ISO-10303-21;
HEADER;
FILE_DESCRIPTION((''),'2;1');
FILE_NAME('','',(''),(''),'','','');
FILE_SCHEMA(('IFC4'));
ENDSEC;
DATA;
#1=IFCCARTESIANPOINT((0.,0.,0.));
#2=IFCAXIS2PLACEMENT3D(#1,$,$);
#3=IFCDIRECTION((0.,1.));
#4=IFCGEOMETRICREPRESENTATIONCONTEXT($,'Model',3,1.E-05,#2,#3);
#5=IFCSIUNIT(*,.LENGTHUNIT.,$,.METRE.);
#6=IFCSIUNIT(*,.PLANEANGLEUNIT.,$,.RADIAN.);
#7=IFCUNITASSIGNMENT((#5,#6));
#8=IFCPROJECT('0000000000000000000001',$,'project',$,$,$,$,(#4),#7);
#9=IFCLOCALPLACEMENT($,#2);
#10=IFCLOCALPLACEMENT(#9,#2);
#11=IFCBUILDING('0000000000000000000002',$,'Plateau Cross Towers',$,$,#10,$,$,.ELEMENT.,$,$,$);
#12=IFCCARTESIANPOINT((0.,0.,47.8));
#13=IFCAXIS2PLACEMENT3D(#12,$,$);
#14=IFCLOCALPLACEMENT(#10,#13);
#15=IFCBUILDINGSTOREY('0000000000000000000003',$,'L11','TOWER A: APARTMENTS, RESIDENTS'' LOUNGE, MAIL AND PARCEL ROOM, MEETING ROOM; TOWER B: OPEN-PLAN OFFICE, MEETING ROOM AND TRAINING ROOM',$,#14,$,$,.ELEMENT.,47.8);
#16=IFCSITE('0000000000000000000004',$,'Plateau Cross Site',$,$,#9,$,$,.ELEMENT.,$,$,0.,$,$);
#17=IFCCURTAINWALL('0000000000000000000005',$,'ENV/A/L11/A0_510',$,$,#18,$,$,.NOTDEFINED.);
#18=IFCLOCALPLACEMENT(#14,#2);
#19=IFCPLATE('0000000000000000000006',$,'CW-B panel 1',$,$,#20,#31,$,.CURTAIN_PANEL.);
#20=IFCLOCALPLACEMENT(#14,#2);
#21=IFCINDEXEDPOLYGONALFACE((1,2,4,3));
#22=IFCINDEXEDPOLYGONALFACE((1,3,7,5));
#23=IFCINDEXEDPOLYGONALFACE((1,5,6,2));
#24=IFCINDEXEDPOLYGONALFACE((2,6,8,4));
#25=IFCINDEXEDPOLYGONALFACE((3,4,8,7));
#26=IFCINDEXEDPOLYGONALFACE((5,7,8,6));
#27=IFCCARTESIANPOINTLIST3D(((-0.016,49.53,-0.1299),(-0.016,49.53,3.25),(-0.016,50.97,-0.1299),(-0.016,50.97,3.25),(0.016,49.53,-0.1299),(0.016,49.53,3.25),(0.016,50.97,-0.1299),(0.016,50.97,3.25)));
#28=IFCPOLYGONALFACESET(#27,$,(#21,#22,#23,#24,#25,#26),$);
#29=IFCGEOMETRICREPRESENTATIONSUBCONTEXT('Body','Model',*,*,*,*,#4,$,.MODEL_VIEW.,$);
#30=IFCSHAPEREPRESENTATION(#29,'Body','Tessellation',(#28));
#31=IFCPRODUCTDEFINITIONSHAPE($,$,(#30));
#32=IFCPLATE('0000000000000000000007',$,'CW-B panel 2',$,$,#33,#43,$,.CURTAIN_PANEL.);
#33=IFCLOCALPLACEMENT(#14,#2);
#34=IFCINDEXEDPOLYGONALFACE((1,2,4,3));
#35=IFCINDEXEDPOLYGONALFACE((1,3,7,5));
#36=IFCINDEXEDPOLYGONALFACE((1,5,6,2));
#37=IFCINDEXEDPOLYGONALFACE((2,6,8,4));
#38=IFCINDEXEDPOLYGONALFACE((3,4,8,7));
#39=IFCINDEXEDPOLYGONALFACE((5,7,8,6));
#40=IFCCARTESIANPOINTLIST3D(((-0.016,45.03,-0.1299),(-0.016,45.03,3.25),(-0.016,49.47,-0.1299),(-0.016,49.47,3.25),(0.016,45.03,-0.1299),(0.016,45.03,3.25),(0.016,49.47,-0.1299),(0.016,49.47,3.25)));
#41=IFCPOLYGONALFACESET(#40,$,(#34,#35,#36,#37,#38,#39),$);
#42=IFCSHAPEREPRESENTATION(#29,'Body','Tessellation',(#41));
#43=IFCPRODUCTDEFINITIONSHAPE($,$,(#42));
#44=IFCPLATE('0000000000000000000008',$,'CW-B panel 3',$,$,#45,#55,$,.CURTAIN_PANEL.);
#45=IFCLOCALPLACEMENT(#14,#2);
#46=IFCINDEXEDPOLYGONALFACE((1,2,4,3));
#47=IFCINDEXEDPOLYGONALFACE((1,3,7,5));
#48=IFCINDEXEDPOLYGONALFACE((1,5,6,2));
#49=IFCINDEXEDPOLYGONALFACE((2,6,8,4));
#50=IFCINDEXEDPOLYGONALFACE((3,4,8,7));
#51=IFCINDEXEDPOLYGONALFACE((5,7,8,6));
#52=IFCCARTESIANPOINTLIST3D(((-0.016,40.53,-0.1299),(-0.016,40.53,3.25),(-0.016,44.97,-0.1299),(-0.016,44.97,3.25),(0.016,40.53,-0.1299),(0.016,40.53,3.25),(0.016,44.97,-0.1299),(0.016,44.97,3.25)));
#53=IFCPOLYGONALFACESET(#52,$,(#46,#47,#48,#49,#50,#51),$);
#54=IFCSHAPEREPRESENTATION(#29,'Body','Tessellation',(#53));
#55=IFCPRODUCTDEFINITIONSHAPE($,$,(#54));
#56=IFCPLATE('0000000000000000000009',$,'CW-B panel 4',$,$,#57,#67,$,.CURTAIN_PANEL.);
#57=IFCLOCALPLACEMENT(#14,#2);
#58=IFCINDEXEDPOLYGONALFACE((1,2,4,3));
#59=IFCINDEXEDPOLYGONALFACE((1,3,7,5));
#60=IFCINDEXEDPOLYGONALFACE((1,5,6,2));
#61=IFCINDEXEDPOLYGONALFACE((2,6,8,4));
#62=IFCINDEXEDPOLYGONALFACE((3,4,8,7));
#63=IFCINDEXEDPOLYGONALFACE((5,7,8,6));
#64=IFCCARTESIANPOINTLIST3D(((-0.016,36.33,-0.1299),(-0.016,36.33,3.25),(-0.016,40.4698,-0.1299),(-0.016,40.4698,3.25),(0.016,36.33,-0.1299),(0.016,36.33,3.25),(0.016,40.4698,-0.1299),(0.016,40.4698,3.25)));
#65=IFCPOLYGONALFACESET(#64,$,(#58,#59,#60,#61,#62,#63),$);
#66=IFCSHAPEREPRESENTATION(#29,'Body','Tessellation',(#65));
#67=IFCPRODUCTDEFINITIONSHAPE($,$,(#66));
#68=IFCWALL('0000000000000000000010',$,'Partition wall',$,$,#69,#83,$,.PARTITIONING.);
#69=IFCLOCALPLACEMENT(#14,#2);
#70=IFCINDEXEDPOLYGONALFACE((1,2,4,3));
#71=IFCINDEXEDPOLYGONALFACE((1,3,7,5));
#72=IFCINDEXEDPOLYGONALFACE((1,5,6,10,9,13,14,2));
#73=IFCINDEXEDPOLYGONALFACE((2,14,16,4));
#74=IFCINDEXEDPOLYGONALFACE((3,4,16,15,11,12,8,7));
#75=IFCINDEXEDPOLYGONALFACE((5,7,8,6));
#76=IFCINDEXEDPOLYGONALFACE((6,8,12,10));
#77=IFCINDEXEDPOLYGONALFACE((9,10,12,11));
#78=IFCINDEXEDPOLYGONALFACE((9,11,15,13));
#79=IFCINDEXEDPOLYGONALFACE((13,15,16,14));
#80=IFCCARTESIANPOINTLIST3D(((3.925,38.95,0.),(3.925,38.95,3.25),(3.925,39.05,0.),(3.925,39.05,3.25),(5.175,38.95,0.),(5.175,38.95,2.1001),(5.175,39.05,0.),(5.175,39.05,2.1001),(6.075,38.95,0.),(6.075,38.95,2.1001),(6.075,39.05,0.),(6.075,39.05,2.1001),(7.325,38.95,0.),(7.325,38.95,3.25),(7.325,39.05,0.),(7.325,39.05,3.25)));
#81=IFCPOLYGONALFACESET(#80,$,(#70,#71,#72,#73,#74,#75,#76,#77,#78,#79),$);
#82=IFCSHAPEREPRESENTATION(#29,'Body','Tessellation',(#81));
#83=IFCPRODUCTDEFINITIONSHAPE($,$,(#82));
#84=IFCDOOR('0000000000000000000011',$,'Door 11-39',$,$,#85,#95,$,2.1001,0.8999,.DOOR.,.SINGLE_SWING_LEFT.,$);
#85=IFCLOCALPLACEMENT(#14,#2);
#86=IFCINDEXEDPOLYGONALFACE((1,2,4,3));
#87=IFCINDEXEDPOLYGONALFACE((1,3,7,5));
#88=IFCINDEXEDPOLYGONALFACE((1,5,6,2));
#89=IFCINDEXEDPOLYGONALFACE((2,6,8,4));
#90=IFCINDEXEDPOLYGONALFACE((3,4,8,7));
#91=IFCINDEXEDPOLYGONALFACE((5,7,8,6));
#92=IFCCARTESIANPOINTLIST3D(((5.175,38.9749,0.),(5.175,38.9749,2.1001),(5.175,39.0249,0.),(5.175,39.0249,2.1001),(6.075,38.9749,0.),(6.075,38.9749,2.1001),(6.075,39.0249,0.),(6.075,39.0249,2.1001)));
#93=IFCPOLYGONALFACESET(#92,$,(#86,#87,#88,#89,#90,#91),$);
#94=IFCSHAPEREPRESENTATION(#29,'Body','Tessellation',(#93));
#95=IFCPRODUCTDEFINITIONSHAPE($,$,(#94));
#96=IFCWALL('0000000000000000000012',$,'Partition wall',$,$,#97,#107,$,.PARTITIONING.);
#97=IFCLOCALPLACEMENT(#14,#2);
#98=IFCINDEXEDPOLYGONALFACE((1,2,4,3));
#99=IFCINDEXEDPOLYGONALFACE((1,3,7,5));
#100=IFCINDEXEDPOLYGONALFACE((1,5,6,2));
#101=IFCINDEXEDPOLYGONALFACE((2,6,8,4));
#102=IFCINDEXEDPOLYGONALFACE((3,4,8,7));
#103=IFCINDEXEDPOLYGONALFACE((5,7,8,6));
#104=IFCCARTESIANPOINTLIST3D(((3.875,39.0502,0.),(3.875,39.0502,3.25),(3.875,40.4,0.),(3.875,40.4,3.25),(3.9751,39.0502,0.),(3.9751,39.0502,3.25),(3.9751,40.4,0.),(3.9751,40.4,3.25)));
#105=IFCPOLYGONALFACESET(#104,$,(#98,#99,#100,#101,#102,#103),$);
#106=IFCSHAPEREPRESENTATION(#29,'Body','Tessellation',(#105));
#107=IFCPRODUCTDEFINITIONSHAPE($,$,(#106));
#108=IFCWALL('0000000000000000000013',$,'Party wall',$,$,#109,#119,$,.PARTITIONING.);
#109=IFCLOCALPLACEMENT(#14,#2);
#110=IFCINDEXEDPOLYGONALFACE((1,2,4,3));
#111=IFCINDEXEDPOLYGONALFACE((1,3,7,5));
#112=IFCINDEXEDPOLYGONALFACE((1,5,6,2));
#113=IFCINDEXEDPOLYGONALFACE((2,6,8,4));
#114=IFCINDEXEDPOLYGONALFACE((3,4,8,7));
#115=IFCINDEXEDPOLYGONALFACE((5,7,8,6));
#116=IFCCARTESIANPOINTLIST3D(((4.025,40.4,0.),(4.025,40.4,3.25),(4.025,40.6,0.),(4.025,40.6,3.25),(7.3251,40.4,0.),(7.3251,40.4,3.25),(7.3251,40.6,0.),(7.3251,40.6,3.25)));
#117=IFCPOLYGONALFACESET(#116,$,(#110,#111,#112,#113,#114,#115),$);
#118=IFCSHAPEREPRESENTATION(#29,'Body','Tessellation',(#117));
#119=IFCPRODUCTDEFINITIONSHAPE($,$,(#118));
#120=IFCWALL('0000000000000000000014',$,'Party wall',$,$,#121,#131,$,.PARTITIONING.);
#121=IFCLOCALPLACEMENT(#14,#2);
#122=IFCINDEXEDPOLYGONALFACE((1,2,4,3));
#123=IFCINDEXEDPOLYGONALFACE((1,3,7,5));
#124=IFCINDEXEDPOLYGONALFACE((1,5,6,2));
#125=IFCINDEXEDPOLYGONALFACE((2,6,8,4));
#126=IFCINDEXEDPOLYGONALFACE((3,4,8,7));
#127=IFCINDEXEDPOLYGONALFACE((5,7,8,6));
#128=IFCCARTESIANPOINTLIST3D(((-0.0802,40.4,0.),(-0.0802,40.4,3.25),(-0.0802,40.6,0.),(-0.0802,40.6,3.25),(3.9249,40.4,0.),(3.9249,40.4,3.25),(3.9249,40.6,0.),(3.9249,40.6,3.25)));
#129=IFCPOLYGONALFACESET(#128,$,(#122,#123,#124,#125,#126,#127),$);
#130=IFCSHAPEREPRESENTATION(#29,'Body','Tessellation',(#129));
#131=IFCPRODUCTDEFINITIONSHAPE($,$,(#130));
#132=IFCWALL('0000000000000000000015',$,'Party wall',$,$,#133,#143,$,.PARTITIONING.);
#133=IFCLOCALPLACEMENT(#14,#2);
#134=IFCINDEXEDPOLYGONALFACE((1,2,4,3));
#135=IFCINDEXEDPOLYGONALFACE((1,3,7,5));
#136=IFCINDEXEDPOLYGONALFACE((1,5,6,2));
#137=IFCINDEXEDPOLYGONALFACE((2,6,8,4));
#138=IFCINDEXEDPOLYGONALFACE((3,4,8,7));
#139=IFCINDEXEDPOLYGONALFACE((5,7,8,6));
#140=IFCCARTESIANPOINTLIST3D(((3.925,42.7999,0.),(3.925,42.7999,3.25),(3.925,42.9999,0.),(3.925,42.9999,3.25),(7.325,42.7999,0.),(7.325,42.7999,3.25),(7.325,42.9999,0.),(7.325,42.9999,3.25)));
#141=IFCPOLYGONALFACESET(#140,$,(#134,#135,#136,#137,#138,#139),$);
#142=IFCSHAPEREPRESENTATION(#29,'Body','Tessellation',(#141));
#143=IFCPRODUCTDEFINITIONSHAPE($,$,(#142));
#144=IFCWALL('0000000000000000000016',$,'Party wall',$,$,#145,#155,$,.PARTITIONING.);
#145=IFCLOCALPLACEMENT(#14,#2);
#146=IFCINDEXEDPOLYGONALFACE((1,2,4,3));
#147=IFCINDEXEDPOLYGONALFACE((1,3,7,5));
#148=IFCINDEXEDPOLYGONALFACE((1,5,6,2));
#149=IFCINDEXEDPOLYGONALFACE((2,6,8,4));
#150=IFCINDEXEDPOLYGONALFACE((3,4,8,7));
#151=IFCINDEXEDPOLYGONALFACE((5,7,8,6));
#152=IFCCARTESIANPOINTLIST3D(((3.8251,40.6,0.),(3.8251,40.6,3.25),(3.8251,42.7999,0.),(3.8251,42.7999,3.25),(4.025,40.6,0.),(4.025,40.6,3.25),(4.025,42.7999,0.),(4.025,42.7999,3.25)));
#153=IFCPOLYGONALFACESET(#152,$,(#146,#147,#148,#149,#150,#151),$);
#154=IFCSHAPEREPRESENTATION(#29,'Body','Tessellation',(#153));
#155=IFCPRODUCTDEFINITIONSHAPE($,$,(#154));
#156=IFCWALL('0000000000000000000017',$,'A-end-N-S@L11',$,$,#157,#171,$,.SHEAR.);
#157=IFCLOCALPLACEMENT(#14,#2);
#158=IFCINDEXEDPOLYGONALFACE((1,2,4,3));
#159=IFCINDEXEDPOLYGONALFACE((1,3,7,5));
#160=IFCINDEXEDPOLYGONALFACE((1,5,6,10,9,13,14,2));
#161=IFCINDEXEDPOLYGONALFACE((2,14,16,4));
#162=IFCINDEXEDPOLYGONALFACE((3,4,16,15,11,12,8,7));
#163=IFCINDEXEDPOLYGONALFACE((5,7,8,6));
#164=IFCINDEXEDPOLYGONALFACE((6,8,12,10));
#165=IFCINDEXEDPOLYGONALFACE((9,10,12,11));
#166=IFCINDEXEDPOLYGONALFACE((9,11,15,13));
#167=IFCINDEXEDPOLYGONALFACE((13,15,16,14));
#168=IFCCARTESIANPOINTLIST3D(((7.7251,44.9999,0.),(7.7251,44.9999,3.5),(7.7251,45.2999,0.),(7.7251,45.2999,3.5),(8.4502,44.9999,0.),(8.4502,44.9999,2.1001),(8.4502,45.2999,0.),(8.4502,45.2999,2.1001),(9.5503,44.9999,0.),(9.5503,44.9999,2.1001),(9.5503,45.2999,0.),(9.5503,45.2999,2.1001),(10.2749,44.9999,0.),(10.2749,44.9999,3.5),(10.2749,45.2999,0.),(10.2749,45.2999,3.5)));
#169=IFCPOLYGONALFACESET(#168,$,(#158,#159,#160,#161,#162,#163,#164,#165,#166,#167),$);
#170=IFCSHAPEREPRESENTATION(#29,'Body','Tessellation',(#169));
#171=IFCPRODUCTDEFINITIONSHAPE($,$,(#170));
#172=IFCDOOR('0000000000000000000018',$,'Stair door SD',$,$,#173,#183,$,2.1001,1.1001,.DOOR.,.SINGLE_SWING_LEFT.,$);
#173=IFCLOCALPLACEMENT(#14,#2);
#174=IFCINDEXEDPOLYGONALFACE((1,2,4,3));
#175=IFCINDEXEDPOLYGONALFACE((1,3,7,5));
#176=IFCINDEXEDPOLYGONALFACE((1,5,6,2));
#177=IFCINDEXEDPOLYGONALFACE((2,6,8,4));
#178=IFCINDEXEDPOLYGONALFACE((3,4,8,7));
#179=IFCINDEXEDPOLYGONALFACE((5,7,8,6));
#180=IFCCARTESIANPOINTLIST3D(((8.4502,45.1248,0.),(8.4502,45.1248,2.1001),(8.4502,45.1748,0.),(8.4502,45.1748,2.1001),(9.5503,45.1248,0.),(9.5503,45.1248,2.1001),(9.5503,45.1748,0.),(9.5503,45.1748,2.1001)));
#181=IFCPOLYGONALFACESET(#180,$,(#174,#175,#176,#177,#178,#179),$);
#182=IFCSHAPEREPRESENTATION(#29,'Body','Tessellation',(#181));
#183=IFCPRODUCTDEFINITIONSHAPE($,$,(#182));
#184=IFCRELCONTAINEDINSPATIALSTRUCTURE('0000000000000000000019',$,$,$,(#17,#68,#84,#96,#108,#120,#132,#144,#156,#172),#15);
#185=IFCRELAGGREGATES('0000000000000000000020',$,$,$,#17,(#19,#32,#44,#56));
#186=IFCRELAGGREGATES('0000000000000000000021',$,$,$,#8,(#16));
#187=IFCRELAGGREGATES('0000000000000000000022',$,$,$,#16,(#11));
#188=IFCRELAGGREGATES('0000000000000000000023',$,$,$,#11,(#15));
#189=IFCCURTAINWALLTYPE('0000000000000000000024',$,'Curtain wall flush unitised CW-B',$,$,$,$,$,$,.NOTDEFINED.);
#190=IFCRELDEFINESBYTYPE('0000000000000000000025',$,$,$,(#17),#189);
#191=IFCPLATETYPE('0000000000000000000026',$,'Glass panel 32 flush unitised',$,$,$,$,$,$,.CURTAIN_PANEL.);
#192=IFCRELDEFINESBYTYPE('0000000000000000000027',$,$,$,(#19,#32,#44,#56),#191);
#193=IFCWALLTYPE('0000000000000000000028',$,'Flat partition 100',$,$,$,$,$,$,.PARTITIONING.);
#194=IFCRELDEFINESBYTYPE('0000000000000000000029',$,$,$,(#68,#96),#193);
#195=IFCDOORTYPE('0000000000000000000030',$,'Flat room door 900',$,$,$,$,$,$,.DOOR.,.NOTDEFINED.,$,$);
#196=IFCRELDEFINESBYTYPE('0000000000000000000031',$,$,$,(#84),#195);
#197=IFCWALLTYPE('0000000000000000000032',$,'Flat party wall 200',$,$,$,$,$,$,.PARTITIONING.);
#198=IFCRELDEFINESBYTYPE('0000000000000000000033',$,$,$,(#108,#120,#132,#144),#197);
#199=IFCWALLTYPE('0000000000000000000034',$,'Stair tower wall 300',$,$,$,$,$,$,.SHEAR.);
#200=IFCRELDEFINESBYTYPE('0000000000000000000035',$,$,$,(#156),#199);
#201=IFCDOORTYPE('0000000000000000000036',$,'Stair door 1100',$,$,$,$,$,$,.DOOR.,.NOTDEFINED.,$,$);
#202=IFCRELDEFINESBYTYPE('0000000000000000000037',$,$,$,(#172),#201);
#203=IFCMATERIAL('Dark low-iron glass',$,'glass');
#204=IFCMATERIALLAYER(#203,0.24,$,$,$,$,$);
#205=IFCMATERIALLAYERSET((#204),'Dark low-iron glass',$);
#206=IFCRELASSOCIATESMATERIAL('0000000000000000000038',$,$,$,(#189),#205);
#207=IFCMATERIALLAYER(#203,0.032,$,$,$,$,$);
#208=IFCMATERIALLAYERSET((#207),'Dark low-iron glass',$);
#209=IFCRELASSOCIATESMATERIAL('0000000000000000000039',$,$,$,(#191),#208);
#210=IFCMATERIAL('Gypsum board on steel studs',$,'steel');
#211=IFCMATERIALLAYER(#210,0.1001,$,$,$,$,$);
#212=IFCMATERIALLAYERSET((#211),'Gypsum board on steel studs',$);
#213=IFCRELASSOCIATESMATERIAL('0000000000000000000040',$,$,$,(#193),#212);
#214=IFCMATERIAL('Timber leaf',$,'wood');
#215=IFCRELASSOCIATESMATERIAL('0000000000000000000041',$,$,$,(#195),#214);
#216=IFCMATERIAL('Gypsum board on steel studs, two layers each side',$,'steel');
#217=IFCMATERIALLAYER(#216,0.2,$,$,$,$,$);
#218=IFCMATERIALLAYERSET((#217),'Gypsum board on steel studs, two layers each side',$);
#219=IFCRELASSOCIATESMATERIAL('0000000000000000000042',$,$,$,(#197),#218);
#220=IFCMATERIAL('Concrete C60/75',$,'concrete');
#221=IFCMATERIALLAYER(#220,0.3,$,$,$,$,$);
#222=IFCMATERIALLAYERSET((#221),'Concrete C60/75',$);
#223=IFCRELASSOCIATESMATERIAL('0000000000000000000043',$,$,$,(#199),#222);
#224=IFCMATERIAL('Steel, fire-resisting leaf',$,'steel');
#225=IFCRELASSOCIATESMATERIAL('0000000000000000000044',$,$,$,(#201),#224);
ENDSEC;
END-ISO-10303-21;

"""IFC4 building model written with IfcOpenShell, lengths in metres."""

from ifc_helpers import new_model, si_unit, direction, frame, frame_2d, origin, origin_2d, place, context, subcontext, project, spatial, rectangle, extrude, material, layer, layer_set, type_object, element, fill, aggregate, save


model = new_model("IFC4")

# Units and contexts
model_context = context("Model", 3, precision=1e-05, world=origin(), true_north=direction((0.0, 1.0)))
body_context = subcontext(model_context, "Body", "Model", "MODEL_VIEW")
ifc_project = project(units=[si_unit("LENGTHUNIT", "METRE"), si_unit("PLANEANGLEUNIT", "RADIAN")], contexts=[model_context])

# Site, building, storey
site_placement = place(None, origin())
site = spatial("IfcSite", under=ifc_project, at=site_placement, Name="Plateau Cross Site", CompositionType="ELEMENT", RefElevation=0.0)
building_placement = place(site_placement, origin())
building = spatial("IfcBuilding", under=site, at=building_placement, Name="Plateau Cross Towers", CompositionType="ELEMENT")
storey_placement = place(building_placement, frame((0.0, 0.0, 47.8)))
storey = spatial("IfcBuildingStorey", under=building, at=storey_placement, Name="L11", Description="TOWER A: APARTMENTS, RESIDENTS' LOUNGE, MAIL AND PARCEL ROOM, MEETING ROOM; TOWER B: OPEN-PLAN OFFICE, MEETING ROOM AND TRAINING ROOM", CompositionType="ELEMENT", Elevation=47.8)

# Shared definitions
ifc_material_1 = material(Name="Concrete C60/75", Category="concrete")

# Shared definitions
ifc_material_2 = material(Name="Dark low-iron glass", Category="glass")
ifc_layer_1 = layer(ifc_material_2, 0.24)
ifc_layer_set_1 = layer_set([ifc_layer_1], Name="Dark low-iron glass")
curtain_wall_type = type_object("IfcCurtainWallType", Name="Curtain wall flush unitised CW-B", PredefinedType="NOTDEFINED", material=ifc_layer_set_1)

# Curtain wall
curtain_wall_1_placement = place(storey_placement, origin())
curtain_wall_1 = element("IfcCurtainWall", 1, at=curtain_wall_1_placement, inside=storey, type_object=curtain_wall_type, Name="ENV/A/L11/A0_510", PredefinedType="NOTDEFINED")

# Shared definitions
ifc_layer_2 = layer(ifc_material_2, 0.032)
ifc_layer_set_2 = layer_set([ifc_layer_2], Name="Dark low-iron glass")
plate_type = type_object("IfcPlateType", Name="Glass panel 32 flush unitised", PredefinedType="CURTAIN_PANEL", material=ifc_layer_set_2)

# Plates
plate_1_placement = place(storey_placement, frame((0.0, 50.25, -0.1299), z_axis=(0.0, 0.0, 1.0), x_axis=(0.0, -1.0, 0.0)))
plate_1 = element("IfcPlate", 2, at=plate_1_placement, type_object=plate_type, Name="CW-B panel 1", PredefinedType="CURTAIN_PANEL", context=body_context, shape_type="SweptSolid", body=[
    extrude(rectangle(XDim=1.4399, YDim=0.032, at=origin_2d()), origin(), (0.0, 0.0, 1.0), 3.3799),
])
plate_2_placement = place(storey_placement, frame((0.0, 47.25, -0.1299), z_axis=(0.0, 0.0, 1.0), x_axis=(0.0, -1.0, 0.0)))
plate_2 = element("IfcPlate", 3, at=plate_2_placement, type_object=plate_type, Name="CW-B panel 2", PredefinedType="CURTAIN_PANEL", context=body_context, shape_type="SweptSolid", body=[
    extrude(rectangle(XDim=4.4399, YDim=0.032, at=origin_2d()), origin(), (0.0, 0.0, 1.0), 3.3799),
])
plate_3_placement = place(storey_placement, frame((0.0, 42.75, -0.1299), z_axis=(0.0, 0.0, 1.0), x_axis=(0.0, -1.0, 0.0)))
plate_3 = element("IfcPlate", 4, at=plate_3_placement, type_object=plate_type, Name="CW-B panel 3", PredefinedType="CURTAIN_PANEL", context=body_context, shape_type="SweptSolid", body=[
    extrude(rectangle(XDim=4.4399, YDim=0.032, at=origin_2d()), origin(), (0.0, 0.0, 1.0), 3.3799),
])
plate_4_placement = place(storey_placement, frame((0.0, 38.3999, -0.1299), z_axis=(0.0, 0.0, 1.0), x_axis=(0.0, -1.0, 0.0)))
plate_4 = element("IfcPlate", 5, at=plate_4_placement, type_object=plate_type, Name="CW-B panel 4", PredefinedType="CURTAIN_PANEL", context=body_context, shape_type="SweptSolid", body=[
    extrude(rectangle(XDim=4.1399, YDim=0.032, at=origin_2d()), origin(), (0.0, 0.0, 1.0), 3.3799),
])
aggregate(curtain_wall_1, [plate_1, plate_2, plate_3, plate_4])

# Wall, opening, door
ifc_material_3 = material(Name="Gypsum board on steel studs", Category="steel")
ifc_layer_3 = layer(ifc_material_3, 0.1001)
ifc_layer_set_3 = layer_set([ifc_layer_3], Name="Gypsum board on steel studs")
wall_type_1 = type_object("IfcWallType", Name="Flat partition 100", PredefinedType="PARTITIONING", material=ifc_layer_set_3)
wall_1_placement = place(storey_placement, frame((3.925, 39.0, 0.0), z_axis=(0.0, 0.0, 1.0), x_axis=(1.0, 0.0, 0.0)))
wall_1 = element("IfcWall", 6, at=wall_1_placement, inside=storey, type_object=wall_type_1, Name="Partition wall", PredefinedType="PARTITIONING", context=body_context, shape_type="SweptSolid", body=[
    extrude(rectangle(XDim=3.3999, YDim=0.1001, at=frame_2d((1.7, 0.0))), origin(), (0.0, 0.0, 1.0), 3.25),
])
opening_1_placement = place(wall_1_placement, frame((1.25, 0.0, 0.0)))
opening_1 = element("IfcOpeningElement", 7, at=opening_1_placement, cuts=wall_1, PredefinedType="OPENING", context=body_context, shape_type="SweptSolid", body=[
    extrude(rectangle(XDim=0.8999, YDim=2.1001, at=frame_2d((0.45, 1.05))), frame((0.0, 0.0601, 0.0), z_axis=(0.0, -1.0, 0.0), x_axis=(1.0, 0.0, 0.0)), (0.0, 0.0, 1.0), 0.1201),
])
ifc_material_4 = material(Name="Timber leaf", Category="wood")
door_type_1 = type_object("IfcDoorType", Name="Flat room door 900", OperationType="NOTDEFINED", PredefinedType="DOOR", material=ifc_material_4)
door_1_placement = place(opening_1_placement, origin())
door_1 = element("IfcDoor", 8, at=door_1_placement, inside=storey, type_object=door_type_1, Name="Door 11-39", OperationType="SINGLE_SWING_LEFT", OverallHeight=2.1001, OverallWidth=0.8999, PredefinedType="DOOR", context=body_context, shape_type="SweptSolid", body=[
    extrude(rectangle(XDim=0.8999, YDim=2.1001, at=frame_2d((0.45, 1.05))), frame((0.0, 0.0249, 0.0), z_axis=(0.0, -1.0, 0.0), x_axis=(1.0, 0.0, 0.0)), (0.0, 0.0, 1.0), 0.05),
])
fill(opening_1, door_1)

# Walls
wall_2_placement = place(storey_placement, frame((3.925, 40.3999, 0.0), z_axis=(0.0, 0.0, 1.0), x_axis=(0.0, -1.0, 0.0)))
element("IfcWall", 9, at=wall_2_placement, inside=storey, type_object=wall_type_1, Name="Partition wall", PredefinedType="PARTITIONING", context=body_context, shape_type="SweptSolid", body=[
    extrude(rectangle(XDim=1.3499, YDim=0.1001, at=frame_2d((0.6748, 0.0))), origin(), (0.0, 0.0, 1.0), 3.25),
])
ifc_material_5 = material(Name="Gypsum board on steel studs, two layers each side", Category="steel")
ifc_layer_4 = layer(ifc_material_5, 0.2)
ifc_layer_set_4 = layer_set([ifc_layer_4], Name="Gypsum board on steel studs, two layers each side")
wall_type_2 = type_object("IfcWallType", Name="Flat party wall 200", PredefinedType="PARTITIONING", material=ifc_layer_set_4)
wall_3_placement = place(storey_placement, frame((7.325, 40.5, 0.0), z_axis=(0.0, 0.0, 1.0), x_axis=(-1.0, 0.0, 0.0)))
element("IfcWall", 10, at=wall_3_placement, inside=storey, type_object=wall_type_2, Name="Party wall", PredefinedType="PARTITIONING", context=body_context, shape_type="SweptSolid", body=[
    extrude(rectangle(XDim=3.3, YDim=0.2, at=frame_2d((1.6499, 0.0))), origin(), (0.0, 0.0, 1.0), 3.25),
])
wall_4_placement = place(storey_placement, frame((-0.0801, 40.5, 0.0), z_axis=(0.0, 0.0, 1.0), x_axis=(1.0, 0.0, 0.0)))
element("IfcWall", 11, at=wall_4_placement, inside=storey, type_object=wall_type_2, Name="Party wall", PredefinedType="PARTITIONING", context=body_context, shape_type="SweptSolid", body=[
    extrude(rectangle(XDim=4.0051, YDim=0.2, at=frame_2d((2.0024, 0.0))), origin(), (0.0, 0.0, 1.0), 3.25),
])
wall_5_placement = place(storey_placement, frame((7.325, 42.8999, 0.0), z_axis=(0.0, 0.0, 1.0), x_axis=(-1.0, 0.0, 0.0)))
element("IfcWall", 12, at=wall_5_placement, inside=storey, type_object=wall_type_2, Name="Party wall", PredefinedType="PARTITIONING", context=body_context, shape_type="SweptSolid", body=[
    extrude(rectangle(XDim=3.3999, YDim=0.2, at=frame_2d((1.7, 0.0))), origin(), (0.0, 0.0, 1.0), 3.25),
])
wall_6_placement = place(storey_placement, frame((3.925, 42.8, 0.0), z_axis=(0.0, 0.0, 1.0), x_axis=(0.0, -1.0, 0.0)))
element("IfcWall", 13, at=wall_6_placement, inside=storey, type_object=wall_type_2, Name="Party wall", PredefinedType="PARTITIONING", context=body_context, shape_type="SweptSolid", body=[
    extrude(rectangle(XDim=2.2, YDim=0.2, at=frame_2d((1.1001, 0.0))), origin(), (0.0, 0.0, 1.0), 3.25),
])

# Wall, opening, door
ifc_layer_5 = layer(ifc_material_1, 0.3)
ifc_layer_set_5 = layer_set([ifc_layer_5], Name="Concrete C60/75")
wall_type_3 = type_object("IfcWallType", Name="Stair tower wall 300", PredefinedType="SHEAR", material=ifc_layer_set_5)
wall_7_placement = place(storey_placement, frame((7.7251, 45.1499, 0.0), z_axis=(0.0, 0.0, 1.0), x_axis=(1.0, 0.0, 0.0)))
wall_7 = element("IfcWall", 14, at=wall_7_placement, inside=storey, type_object=wall_type_3, Name="A-end-N-S@L11", PredefinedType="SHEAR", context=body_context, shape_type="SweptSolid", body=[
    extrude(rectangle(XDim=2.5498, YDim=0.3, at=frame_2d((1.2749, 0.0))), origin(), (0.0, 0.0, 1.0), 3.5),
])
opening_2_placement = place(wall_7_placement, frame((0.7251, 0.0, 0.0)))
opening_2 = element("IfcOpeningElement", 15, at=opening_2_placement, cuts=wall_7, PredefinedType="OPENING", context=body_context, shape_type="SweptSolid", body=[
    extrude(rectangle(XDim=1.1001, YDim=2.1001, at=frame_2d((0.55, 1.05))), frame((0.0, 0.1599, 0.0), z_axis=(0.0, -1.0, 0.0), x_axis=(1.0, 0.0, 0.0)), (0.0, 0.0, 1.0), 0.3201),
])
ifc_material_6 = material(Name="Steel, fire-resisting leaf", Category="steel")
door_type_2 = type_object("IfcDoorType", Name="Stair door 1100", OperationType="NOTDEFINED", PredefinedType="DOOR", material=ifc_material_6)
door_2_placement = place(opening_2_placement, origin())
door_2 = element("IfcDoor", 16, at=door_2_placement, inside=storey, type_object=door_type_2, Name="Stair door SD", OperationType="SINGLE_SWING_LEFT", OverallHeight=2.1001, OverallWidth=1.1001, PredefinedType="DOOR", context=body_context, shape_type="SweptSolid", body=[
    extrude(rectangle(XDim=1.1001, YDim=2.1001, at=frame_2d((0.55, 1.05))), frame((0.0, 0.0249, 0.0), z_axis=(0.0, -1.0, 0.0), x_axis=(1.0, 0.0, 0.0)), (0.0, 0.0, 1.0), 0.05),
])
fill(opening_2, door_2)

save(model, "model.ifc")
